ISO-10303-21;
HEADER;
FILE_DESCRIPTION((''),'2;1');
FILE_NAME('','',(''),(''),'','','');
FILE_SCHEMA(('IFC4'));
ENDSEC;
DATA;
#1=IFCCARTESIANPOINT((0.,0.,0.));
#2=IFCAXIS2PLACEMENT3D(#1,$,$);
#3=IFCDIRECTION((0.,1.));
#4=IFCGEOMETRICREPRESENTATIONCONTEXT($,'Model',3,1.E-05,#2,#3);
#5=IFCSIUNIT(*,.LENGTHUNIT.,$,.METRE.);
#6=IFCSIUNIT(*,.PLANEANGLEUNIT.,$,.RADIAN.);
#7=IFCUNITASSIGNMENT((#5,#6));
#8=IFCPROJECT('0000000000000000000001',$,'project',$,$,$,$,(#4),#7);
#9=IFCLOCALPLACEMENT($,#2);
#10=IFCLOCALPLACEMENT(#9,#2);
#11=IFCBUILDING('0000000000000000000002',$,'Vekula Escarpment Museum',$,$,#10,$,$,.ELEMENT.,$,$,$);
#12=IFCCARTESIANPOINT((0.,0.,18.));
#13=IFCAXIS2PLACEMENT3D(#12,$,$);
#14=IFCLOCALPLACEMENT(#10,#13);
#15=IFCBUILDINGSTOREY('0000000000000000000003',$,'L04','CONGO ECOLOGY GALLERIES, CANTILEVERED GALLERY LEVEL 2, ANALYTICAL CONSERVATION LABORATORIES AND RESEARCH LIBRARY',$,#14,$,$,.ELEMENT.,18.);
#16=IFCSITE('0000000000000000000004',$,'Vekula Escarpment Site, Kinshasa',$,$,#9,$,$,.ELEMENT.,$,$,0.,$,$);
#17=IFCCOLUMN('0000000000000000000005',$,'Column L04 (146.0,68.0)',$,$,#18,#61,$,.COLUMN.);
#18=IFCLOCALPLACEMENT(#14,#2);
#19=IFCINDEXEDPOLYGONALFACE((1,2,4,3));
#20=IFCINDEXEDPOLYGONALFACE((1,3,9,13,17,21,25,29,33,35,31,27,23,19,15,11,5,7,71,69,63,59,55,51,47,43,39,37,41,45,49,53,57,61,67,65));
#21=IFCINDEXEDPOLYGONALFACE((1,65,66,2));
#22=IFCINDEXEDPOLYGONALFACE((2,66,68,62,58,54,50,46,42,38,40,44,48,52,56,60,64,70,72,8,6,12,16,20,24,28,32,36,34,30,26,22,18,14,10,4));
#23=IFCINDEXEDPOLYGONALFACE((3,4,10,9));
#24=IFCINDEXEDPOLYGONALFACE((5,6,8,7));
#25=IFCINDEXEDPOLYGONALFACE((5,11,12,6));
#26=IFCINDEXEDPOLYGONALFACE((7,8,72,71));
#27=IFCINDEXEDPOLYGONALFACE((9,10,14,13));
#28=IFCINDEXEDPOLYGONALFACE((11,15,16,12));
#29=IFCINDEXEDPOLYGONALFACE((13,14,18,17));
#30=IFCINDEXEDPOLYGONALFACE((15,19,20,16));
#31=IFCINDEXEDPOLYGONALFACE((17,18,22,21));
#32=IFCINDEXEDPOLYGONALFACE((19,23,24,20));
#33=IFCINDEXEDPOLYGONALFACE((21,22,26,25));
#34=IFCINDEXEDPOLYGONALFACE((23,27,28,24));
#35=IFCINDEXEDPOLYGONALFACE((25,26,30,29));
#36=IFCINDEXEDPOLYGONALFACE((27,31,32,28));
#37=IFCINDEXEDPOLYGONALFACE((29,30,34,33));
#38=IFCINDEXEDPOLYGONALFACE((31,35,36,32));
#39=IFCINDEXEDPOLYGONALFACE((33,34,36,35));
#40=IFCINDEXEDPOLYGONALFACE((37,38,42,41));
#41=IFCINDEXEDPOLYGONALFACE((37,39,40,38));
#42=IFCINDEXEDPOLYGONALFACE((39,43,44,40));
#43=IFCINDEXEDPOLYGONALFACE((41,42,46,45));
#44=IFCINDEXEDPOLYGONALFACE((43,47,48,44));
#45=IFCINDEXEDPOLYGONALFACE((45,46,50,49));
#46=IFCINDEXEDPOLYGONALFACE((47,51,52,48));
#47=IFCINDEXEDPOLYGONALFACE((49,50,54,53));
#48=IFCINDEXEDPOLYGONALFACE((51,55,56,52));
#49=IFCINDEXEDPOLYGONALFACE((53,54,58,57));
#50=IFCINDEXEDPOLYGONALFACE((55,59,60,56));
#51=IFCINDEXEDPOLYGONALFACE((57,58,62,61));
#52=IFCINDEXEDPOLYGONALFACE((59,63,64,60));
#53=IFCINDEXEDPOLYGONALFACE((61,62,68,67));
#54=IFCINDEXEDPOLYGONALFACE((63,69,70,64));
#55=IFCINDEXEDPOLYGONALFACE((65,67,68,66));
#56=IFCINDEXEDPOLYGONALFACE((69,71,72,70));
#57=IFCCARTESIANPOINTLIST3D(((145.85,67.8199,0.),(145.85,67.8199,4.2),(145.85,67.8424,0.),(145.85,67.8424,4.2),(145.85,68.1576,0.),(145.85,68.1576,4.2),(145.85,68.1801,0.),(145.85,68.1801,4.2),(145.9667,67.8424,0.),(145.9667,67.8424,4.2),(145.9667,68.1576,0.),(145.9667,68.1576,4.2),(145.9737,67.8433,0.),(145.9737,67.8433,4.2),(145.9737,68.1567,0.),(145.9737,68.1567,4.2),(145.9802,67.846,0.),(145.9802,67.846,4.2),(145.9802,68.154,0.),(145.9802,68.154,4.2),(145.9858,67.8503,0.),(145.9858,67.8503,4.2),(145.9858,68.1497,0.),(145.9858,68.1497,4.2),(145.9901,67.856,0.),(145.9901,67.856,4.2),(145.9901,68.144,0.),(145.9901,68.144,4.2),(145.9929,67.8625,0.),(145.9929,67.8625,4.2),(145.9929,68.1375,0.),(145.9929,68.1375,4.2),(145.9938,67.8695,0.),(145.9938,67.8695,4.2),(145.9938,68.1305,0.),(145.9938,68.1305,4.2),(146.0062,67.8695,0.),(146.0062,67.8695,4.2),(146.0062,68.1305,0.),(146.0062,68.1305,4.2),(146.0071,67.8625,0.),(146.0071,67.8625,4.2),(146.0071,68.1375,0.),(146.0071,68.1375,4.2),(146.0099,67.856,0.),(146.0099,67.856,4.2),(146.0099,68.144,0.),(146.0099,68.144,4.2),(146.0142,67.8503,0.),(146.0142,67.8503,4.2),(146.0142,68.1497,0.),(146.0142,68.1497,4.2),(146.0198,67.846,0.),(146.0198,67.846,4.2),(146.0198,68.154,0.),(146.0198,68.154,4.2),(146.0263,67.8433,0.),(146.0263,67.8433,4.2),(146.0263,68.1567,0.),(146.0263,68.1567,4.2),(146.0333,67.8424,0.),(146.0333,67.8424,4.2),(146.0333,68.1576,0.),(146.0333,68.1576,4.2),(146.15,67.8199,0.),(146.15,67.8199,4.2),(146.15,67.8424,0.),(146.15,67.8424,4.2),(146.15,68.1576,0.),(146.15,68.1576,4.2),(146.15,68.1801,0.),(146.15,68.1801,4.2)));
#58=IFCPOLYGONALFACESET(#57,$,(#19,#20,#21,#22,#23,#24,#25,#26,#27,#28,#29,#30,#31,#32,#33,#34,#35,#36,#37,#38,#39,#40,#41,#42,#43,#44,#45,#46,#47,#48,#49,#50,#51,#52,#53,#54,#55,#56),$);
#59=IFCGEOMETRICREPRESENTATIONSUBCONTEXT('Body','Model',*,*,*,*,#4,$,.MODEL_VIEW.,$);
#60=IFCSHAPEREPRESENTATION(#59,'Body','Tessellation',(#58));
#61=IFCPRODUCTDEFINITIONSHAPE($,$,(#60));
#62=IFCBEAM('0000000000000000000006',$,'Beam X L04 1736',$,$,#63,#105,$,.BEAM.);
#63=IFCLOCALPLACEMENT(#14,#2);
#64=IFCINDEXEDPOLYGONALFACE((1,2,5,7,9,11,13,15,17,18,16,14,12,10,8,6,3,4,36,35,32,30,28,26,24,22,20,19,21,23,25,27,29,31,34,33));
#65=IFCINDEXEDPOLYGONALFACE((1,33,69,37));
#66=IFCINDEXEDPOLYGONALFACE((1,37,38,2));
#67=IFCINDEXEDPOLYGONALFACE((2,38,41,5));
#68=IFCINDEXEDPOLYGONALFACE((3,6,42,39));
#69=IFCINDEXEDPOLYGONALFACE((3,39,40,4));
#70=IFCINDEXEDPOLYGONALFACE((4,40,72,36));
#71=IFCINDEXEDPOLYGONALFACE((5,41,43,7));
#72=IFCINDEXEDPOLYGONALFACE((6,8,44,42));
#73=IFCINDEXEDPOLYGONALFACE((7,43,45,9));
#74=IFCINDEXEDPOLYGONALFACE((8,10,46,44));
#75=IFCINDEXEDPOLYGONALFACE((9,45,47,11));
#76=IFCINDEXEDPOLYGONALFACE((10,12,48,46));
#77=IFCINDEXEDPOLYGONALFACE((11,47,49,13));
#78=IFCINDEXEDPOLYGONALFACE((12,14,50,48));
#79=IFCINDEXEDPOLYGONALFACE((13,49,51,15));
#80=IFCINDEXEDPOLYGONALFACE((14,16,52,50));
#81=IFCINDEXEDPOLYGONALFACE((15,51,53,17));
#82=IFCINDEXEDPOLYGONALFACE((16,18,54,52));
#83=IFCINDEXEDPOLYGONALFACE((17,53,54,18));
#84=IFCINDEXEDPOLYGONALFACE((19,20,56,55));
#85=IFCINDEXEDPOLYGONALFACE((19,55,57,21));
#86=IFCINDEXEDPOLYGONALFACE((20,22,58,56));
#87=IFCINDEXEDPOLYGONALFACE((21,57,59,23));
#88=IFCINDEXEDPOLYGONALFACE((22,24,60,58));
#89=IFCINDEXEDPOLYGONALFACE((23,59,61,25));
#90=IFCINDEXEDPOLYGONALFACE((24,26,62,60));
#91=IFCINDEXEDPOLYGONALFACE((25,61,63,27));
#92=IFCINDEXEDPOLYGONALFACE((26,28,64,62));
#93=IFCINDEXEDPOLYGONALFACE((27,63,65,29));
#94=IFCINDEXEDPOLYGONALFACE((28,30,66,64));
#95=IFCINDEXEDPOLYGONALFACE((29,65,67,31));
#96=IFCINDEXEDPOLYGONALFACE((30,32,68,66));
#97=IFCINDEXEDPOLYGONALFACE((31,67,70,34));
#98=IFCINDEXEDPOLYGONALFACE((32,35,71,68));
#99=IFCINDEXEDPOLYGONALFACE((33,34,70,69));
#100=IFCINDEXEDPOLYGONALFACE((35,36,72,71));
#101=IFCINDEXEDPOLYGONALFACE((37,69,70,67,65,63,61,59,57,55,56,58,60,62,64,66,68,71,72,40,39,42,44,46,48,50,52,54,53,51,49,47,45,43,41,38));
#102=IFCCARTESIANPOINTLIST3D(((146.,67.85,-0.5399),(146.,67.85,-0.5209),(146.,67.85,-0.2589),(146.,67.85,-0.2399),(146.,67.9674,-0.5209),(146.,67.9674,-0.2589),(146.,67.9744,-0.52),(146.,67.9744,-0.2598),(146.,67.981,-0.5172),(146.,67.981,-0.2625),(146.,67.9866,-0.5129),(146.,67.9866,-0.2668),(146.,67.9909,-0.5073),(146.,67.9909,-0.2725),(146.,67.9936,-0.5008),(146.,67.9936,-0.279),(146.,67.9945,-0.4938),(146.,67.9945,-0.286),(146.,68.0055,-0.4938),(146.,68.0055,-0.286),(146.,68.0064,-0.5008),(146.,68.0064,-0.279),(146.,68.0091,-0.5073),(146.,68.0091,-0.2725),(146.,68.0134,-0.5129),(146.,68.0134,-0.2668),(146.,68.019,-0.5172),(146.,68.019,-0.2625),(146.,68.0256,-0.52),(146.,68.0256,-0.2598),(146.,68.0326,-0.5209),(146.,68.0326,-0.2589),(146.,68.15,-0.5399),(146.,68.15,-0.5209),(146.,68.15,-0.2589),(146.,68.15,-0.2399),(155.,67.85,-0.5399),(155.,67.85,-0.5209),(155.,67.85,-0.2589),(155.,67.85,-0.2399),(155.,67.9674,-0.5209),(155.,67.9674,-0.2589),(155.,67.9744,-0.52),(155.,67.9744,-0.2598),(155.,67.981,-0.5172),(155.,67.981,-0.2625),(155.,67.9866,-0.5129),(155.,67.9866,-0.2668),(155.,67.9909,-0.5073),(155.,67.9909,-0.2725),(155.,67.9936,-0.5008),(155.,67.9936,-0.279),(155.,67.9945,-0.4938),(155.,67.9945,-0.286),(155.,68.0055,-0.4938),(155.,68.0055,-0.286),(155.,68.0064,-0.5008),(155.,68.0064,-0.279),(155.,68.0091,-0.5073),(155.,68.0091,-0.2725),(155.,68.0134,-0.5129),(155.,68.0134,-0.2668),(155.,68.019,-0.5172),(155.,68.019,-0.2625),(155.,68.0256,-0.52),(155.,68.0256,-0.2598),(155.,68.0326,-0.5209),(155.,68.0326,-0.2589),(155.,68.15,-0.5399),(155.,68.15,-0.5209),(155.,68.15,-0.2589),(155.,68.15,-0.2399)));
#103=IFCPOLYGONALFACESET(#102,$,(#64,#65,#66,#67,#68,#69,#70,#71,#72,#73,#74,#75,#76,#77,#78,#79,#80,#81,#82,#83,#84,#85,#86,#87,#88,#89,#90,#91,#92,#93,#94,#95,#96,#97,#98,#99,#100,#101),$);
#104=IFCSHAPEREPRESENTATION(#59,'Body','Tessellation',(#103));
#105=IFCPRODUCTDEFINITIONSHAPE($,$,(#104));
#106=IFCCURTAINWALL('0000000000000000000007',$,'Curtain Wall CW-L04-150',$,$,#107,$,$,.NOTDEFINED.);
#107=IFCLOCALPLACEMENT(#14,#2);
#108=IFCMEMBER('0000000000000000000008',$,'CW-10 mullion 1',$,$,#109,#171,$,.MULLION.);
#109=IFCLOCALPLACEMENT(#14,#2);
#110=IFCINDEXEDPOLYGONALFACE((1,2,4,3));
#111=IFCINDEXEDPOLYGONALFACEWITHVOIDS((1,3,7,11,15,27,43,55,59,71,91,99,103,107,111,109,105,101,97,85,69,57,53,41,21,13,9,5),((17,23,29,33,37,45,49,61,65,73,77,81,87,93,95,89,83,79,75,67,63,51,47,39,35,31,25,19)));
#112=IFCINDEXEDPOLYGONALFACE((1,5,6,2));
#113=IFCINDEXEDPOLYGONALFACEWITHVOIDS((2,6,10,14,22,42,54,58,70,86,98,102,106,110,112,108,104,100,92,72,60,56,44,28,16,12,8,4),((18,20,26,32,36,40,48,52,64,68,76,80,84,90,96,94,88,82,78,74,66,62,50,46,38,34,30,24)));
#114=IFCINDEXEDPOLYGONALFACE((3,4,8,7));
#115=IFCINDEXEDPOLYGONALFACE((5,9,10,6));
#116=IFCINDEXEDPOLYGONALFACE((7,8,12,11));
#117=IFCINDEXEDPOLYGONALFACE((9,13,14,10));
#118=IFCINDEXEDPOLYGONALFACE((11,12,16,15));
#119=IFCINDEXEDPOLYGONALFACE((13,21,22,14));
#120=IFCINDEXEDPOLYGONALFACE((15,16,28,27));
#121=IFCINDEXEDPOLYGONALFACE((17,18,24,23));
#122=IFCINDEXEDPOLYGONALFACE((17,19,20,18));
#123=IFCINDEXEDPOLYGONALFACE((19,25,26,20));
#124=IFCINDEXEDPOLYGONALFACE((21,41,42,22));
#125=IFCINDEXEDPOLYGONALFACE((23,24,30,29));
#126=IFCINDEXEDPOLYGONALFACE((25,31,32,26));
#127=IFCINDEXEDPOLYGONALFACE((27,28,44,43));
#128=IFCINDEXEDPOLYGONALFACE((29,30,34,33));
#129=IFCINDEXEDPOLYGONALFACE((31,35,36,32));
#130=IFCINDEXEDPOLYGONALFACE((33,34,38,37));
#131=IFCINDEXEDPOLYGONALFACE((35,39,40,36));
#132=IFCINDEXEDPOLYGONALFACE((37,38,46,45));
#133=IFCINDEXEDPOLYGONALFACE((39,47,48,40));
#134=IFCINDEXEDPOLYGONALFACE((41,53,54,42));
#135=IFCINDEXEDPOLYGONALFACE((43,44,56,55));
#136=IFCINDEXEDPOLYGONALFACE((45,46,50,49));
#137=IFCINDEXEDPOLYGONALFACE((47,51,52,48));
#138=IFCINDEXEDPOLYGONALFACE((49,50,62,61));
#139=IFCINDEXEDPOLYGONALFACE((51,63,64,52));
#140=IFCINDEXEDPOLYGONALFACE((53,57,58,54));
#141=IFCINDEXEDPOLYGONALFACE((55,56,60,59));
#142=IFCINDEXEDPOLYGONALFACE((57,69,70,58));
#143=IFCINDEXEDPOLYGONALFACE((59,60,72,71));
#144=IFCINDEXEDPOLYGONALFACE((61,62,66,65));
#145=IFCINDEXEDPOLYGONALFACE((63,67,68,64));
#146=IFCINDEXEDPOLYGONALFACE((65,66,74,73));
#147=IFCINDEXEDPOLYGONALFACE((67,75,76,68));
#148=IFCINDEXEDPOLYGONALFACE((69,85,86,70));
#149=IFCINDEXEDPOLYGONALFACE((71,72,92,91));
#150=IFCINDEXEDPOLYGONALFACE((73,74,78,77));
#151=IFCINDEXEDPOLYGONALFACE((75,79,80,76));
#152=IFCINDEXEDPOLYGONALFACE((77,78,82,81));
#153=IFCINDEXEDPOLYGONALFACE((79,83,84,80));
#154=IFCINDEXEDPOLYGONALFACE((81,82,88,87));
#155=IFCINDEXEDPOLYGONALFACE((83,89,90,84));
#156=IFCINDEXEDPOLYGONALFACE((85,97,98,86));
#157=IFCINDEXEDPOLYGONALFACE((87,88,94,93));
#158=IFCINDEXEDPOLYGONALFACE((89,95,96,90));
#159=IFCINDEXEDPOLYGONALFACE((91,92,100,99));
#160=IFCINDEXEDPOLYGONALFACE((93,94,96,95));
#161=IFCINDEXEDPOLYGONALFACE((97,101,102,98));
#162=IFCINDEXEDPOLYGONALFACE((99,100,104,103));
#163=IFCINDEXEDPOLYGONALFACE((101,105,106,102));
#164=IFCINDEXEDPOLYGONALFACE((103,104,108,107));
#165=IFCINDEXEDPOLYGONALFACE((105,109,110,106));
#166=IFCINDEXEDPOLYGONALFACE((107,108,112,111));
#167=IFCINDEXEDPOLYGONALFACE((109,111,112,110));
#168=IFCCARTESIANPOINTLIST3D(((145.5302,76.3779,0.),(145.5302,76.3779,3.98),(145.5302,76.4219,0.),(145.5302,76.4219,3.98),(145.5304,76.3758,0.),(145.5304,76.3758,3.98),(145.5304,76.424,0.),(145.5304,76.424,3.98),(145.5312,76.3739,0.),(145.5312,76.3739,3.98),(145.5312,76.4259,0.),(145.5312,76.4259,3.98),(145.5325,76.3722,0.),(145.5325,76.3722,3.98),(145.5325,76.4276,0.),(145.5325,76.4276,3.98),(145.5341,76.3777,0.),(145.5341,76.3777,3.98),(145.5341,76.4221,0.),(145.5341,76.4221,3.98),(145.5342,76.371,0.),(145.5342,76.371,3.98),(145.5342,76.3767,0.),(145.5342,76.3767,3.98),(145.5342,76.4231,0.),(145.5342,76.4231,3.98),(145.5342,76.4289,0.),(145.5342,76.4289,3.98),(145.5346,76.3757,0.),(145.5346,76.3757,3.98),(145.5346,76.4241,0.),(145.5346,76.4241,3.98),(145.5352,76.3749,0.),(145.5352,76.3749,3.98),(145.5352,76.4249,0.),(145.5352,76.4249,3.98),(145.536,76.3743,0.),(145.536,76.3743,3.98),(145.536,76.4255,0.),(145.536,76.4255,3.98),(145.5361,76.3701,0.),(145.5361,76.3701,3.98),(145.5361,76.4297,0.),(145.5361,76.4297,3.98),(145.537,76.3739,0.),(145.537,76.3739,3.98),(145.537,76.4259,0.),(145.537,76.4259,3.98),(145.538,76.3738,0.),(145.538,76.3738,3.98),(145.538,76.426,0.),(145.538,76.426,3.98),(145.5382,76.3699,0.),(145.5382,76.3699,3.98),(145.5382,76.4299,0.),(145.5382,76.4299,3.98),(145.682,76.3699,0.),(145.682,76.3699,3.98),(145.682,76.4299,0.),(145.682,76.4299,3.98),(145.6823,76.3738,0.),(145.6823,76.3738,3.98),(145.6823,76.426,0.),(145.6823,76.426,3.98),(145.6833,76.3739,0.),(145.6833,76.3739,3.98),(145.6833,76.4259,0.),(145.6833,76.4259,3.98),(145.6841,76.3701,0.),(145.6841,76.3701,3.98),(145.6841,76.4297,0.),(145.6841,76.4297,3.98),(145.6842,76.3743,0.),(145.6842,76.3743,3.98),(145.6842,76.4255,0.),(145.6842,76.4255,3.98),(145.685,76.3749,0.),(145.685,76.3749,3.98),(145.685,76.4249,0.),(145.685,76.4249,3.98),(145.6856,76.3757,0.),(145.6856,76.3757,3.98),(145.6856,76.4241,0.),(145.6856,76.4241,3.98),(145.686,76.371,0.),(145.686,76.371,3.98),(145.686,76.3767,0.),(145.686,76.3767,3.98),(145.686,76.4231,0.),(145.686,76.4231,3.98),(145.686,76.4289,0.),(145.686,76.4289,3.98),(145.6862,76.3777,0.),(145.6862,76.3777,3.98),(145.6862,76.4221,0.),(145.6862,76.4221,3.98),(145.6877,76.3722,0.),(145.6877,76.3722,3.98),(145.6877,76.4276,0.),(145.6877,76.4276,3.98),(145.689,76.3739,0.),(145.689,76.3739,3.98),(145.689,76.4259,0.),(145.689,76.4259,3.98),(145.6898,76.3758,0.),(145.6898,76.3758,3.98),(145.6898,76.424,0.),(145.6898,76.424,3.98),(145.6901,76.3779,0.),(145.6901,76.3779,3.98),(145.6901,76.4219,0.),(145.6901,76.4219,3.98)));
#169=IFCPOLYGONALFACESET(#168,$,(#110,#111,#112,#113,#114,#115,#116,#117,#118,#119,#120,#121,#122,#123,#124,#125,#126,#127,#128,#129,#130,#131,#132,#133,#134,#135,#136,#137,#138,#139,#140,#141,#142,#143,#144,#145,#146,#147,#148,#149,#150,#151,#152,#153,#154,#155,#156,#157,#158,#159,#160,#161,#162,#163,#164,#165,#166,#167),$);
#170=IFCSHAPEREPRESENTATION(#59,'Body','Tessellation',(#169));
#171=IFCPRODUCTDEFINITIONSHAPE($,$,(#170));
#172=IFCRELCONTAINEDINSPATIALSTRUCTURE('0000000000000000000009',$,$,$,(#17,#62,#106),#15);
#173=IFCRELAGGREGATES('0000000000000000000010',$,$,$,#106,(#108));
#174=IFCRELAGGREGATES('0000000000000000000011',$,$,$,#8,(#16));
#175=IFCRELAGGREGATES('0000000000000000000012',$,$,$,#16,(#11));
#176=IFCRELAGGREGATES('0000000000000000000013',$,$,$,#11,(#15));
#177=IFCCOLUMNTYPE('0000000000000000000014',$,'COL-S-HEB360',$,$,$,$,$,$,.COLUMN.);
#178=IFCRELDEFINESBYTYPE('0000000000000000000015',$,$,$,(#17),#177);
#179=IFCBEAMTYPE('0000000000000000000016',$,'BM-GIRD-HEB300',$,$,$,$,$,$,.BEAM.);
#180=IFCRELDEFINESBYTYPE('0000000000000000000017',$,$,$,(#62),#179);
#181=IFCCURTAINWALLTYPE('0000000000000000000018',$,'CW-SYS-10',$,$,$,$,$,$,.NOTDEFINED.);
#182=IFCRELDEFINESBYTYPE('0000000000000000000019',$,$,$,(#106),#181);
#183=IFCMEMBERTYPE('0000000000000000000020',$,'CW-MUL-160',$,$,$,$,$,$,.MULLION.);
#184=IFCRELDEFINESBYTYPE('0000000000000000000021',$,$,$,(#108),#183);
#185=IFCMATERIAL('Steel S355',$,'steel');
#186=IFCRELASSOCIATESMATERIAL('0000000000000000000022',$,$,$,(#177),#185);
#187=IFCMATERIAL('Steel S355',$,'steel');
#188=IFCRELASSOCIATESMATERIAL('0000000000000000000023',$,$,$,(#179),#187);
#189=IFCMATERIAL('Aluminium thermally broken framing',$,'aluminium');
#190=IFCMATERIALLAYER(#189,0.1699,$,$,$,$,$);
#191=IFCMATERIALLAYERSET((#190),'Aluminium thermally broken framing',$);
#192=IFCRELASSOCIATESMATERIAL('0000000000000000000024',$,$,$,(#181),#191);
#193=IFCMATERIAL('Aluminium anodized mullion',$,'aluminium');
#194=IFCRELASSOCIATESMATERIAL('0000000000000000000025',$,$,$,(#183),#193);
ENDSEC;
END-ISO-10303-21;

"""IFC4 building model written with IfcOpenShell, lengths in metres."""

from ifc_helpers import new_model, si_unit, direction, frame, origin, origin_2d, place, context, subcontext, project, spatial, hollow_rectangle, i_section, extrude, material, layer, layer_set, material_profile, profile_set, type_object, element, aggregate, save


model = new_model("IFC4")

# Units and contexts
model_context = context("Model", 3, precision=1e-05, world=origin(), true_north=direction((0.0, 1.0)))
body_context = subcontext(model_context, "Body", "Model", "MODEL_VIEW")
ifc_project = project(units=[si_unit("LENGTHUNIT", "METRE"), si_unit("PLANEANGLEUNIT", "RADIAN")], contexts=[model_context])

# Site, building, storey
site_placement = place(None, origin())
site = spatial("IfcSite", under=ifc_project, at=site_placement, Name="Vekula Escarpment Site, Kinshasa", CompositionType="ELEMENT", RefElevation=0.0)
building_placement = place(site_placement, origin())
building = spatial("IfcBuilding", under=site, at=building_placement, Name="Vekula Escarpment Museum", CompositionType="ELEMENT")
storey_placement = place(building_placement, frame((0.0, 0.0, 18.0)))
storey = spatial("IfcBuildingStorey", under=building, at=storey_placement, Name="L04", Description="CONGO ECOLOGY GALLERIES, CANTILEVERED GALLERY LEVEL 2, ANALYTICAL CONSERVATION LABORATORIES AND RESEARCH LIBRARY", CompositionType="ELEMENT", Elevation=18.0)

# Column
ifc_material_1 = material(Name="Steel S355", Category="steel")
ifc_material_profile_1 = material_profile(ifc_material_1, i_section(OverallWidth=0.3, OverallDepth=0.3601, WebThickness=0.0125, FlangeThickness=0.0225, FilletRadius=0.0271, at=origin_2d()), Name="HEB 360")
ifc_profile_set_1 = profile_set([ifc_material_profile_1], Name="Steel S355")
column_type = type_object("IfcColumnType", Name="COL-S-HEB360", PredefinedType="COLUMN", material=ifc_profile_set_1)
column_placement = place(storey_placement, frame((146.0, 68.0, 0.0), z_axis=(0.0, 0.0, 1.0), x_axis=(1.0, 0.0, 0.0)))
element("IfcColumn", 1, at=column_placement, inside=storey, type_object=column_type, Name="Column L04 (146.0,68.0)", PredefinedType="COLUMN", context=body_context, shape_type="SweptSolid", body=[
    extrude(i_section(OverallWidth=0.3, OverallDepth=0.3601, WebThickness=0.0125, FlangeThickness=0.0225, FilletRadius=0.0271, at=origin_2d()), origin(), (0.0, 0.0, 1.0), 4.2),
])

# Beam
ifc_material_2 = material(Name="Steel S355", Category="steel")
ifc_material_profile_2 = material_profile(ifc_material_2, i_section(OverallWidth=0.3, OverallDepth=0.3, WebThickness=0.011, FlangeThickness=0.019, FilletRadius=0.0271, at=origin_2d()), Name="HEB 300")
ifc_profile_set_2 = profile_set([ifc_material_profile_2], Name="Steel S355")
beam_type = type_object("IfcBeamType", Name="BM-GIRD-HEB300", PredefinedType="BEAM", material=ifc_profile_set_2)
beam_placement = place(storey_placement, frame((146.0, 68.0, -0.3899), z_axis=(1.0, 0.0, 0.0), x_axis=(0.0, 1.0, 0.0)))
element("IfcBeam", 2, at=beam_placement, inside=storey, type_object=beam_type, Name="Beam X L04 1736", PredefinedType="BEAM", context=body_context, shape_type="SweptSolid", body=[
    extrude(i_section(OverallWidth=0.3, OverallDepth=0.3, WebThickness=0.011, FlangeThickness=0.019, FilletRadius=0.0271, at=origin_2d()), origin(), (0.0, 0.0, 1.0), 9.0),
])

# Curtain wall, member
ifc_material_3 = material(Name="Aluminium thermally broken framing", Category="aluminium")
ifc_layer_1 = layer(ifc_material_3, 0.1699)
ifc_layer_set_1 = layer_set([ifc_layer_1], Name="Aluminium thermally broken framing")
curtain_wall_type = type_object("IfcCurtainWallType", Name="CW-SYS-10", PredefinedType="NOTDEFINED", material=ifc_layer_set_1)
curtain_wall_placement = place(storey_placement, origin())
curtain_wall = element("IfcCurtainWall", 3, at=curtain_wall_placement, inside=storey, type_object=curtain_wall_type, Name="Curtain Wall CW-L04-150", PredefinedType="NOTDEFINED")
ifc_material_4 = material(Name="Aluminium anodized mullion", Category="aluminium")
ifc_material_profile_3 = material_profile(ifc_material_4, hollow_rectangle(XDim=0.0601, YDim=0.1599, WallThickness=0.0039, InnerFilletRadius=0.0039, OuterFilletRadius=0.0081, at=origin_2d()), Name="ALU 160x60x4")
ifc_profile_set_3 = profile_set([ifc_material_profile_3], Name="Aluminium anodized mullion")
member_type_1 = type_object("IfcMemberType", Name="CW-MUL-160", PredefinedType="MULLION", material=ifc_profile_set_3)
member_1_placement = place(storey_placement, frame((145.6101, 76.3999, 0.0), z_axis=(0.0, 0.0, 1.0), x_axis=(0.0, -1.0, 0.0)))
member_1 = element("IfcMember", 4, at=member_1_placement, type_object=member_type_1, Name="CW-10 mullion 1", PredefinedType="MULLION", context=body_context, shape_type="SweptSolid", body=[
    extrude(hollow_rectangle(XDim=0.0601, YDim=0.1599, WallThickness=0.0039, InnerFilletRadius=0.0039, OuterFilletRadius=0.0081, at=origin_2d()), origin(), (0.0, 0.0, 1.0), 3.98),
])
aggregate(curtain_wall, [member_1])

save(model, "model.ifc")
